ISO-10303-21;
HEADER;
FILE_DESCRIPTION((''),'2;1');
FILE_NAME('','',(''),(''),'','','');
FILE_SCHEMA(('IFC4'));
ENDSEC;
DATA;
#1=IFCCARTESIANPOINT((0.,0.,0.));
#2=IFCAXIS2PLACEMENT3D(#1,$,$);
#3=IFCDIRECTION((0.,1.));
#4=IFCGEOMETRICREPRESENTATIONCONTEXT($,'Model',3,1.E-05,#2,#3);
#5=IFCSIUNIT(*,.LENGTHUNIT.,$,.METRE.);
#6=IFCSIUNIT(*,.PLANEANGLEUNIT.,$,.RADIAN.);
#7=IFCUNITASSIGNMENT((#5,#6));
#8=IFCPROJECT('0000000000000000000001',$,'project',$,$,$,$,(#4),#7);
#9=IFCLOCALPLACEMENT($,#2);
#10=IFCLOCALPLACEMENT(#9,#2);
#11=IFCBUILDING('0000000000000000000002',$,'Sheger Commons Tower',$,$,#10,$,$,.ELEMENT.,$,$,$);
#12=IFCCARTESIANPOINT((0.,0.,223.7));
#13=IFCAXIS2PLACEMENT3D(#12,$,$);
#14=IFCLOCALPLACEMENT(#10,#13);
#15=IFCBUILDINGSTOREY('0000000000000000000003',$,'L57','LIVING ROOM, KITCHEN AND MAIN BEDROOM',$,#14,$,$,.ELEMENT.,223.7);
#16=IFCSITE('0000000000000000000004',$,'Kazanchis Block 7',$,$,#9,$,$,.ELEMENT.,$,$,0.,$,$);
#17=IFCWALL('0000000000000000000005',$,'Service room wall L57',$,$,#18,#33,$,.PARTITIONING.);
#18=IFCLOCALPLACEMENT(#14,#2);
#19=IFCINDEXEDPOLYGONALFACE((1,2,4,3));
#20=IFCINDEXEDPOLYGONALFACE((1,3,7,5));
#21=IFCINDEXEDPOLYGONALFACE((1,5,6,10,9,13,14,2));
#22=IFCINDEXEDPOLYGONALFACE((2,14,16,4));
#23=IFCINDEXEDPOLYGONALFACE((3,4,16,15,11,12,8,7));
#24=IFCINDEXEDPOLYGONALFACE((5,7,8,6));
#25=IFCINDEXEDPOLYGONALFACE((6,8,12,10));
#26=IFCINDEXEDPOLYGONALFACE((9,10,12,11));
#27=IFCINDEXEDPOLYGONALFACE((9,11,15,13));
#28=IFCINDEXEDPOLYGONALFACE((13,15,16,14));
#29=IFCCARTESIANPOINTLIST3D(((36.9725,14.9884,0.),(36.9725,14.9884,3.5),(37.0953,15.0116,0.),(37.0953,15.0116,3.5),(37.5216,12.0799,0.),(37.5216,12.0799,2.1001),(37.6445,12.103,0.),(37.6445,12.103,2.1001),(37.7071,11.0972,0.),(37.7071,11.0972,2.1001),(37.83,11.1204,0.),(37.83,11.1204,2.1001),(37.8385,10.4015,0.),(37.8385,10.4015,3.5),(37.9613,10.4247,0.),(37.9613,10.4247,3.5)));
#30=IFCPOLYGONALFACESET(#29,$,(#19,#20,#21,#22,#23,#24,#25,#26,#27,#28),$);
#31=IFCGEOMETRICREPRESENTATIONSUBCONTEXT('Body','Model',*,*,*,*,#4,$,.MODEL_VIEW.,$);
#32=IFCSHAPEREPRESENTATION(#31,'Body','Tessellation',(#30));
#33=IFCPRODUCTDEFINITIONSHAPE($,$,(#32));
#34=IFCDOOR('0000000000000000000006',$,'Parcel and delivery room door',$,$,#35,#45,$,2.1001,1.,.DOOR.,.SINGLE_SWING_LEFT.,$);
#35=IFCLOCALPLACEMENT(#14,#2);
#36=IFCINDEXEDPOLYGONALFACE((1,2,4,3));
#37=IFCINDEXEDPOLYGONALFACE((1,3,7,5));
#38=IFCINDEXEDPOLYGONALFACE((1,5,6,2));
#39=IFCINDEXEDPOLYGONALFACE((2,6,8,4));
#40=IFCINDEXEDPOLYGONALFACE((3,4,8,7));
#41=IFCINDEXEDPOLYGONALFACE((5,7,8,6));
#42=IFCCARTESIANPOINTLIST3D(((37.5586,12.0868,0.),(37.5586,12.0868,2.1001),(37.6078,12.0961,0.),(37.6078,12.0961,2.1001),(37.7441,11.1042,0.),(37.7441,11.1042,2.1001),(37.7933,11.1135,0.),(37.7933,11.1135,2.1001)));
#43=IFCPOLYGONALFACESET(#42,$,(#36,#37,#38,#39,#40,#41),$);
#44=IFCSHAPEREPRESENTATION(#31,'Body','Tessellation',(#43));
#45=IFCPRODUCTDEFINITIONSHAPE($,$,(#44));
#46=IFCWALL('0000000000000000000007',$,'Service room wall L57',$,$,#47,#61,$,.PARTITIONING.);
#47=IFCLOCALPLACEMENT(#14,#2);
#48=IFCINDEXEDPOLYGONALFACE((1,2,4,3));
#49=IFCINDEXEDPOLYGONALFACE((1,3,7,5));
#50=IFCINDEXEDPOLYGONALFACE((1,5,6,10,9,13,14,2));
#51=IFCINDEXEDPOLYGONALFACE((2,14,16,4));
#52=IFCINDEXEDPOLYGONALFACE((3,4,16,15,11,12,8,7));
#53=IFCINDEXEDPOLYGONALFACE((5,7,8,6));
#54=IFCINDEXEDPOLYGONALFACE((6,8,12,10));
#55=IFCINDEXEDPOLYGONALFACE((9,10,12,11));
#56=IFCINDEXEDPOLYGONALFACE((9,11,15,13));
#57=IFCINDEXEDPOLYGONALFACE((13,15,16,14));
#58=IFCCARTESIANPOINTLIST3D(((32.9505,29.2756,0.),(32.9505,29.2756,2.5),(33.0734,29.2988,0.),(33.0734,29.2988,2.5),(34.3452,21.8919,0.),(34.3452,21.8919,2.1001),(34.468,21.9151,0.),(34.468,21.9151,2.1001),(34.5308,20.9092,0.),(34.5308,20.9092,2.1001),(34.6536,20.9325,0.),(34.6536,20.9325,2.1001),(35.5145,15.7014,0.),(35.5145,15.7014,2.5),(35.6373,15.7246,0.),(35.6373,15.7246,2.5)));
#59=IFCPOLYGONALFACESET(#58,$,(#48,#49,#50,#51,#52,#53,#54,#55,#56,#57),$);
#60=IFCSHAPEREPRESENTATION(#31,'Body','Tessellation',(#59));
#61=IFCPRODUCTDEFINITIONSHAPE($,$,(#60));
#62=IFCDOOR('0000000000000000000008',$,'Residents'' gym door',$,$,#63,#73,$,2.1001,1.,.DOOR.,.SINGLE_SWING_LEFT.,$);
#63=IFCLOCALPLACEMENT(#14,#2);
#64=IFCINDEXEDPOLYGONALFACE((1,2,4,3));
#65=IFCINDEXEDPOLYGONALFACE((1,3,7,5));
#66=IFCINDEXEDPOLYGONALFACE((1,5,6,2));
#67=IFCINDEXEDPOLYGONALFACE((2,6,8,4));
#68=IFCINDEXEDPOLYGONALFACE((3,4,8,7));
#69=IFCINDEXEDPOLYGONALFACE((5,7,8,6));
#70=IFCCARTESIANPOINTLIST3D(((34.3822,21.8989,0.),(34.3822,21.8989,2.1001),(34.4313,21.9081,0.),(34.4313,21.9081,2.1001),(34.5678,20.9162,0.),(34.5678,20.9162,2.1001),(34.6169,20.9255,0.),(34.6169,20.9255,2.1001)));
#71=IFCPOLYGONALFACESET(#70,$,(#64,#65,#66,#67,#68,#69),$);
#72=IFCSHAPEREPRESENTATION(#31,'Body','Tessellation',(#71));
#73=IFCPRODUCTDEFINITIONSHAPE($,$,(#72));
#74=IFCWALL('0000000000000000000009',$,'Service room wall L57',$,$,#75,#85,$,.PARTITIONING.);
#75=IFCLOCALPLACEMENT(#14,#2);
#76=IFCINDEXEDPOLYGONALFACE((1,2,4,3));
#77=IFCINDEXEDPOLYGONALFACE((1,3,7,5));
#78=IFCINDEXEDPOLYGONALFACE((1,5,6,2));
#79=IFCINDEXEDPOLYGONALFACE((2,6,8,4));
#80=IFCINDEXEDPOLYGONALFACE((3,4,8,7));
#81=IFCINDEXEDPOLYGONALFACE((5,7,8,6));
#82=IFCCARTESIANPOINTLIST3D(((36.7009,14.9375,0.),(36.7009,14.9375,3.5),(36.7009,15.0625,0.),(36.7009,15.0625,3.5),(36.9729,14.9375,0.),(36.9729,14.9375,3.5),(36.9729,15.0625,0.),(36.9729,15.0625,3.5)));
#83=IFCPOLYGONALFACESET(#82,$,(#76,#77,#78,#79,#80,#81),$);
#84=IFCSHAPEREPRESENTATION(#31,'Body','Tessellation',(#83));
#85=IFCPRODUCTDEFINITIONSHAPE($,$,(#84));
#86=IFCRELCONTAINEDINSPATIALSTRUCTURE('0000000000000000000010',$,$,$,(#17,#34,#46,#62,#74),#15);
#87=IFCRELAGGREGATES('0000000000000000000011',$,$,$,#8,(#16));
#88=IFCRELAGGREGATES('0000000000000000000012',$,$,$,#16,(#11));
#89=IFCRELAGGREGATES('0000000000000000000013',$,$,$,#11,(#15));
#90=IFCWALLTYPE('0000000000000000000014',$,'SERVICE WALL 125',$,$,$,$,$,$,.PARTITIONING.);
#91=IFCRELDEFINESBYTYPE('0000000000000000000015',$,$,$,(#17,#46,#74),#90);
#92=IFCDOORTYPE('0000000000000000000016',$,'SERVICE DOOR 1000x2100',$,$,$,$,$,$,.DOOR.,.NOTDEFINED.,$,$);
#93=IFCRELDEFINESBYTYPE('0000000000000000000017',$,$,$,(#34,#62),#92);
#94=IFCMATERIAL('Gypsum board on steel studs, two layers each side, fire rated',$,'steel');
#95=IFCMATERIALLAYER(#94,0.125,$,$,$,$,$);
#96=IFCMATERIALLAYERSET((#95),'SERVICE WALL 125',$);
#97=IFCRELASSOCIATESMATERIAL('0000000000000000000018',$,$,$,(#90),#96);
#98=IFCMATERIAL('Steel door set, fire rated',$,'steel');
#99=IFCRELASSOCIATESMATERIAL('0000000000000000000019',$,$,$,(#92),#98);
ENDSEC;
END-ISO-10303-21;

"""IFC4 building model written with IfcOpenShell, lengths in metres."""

from ifc_helpers import new_model, si_unit, direction, frame, frame_2d, origin, place, context, subcontext, project, spatial, rectangle, extrude, material, layer, layer_set, type_object, element, fill, save


model = new_model("IFC4")

# Units and contexts
model_context = context("Model", 3, precision=1e-05, world=origin(), true_north=direction((0.0, 1.0)))
body_context = subcontext(model_context, "Body", "Model", "MODEL_VIEW")
ifc_project = project(units=[si_unit("LENGTHUNIT", "METRE"), si_unit("PLANEANGLEUNIT", "RADIAN")], contexts=[model_context])

# Site, building, storey
site_placement = place(None, origin())
site = spatial("IfcSite", under=ifc_project, at=site_placement, Name="Kazanchis Block 7", CompositionType="ELEMENT", RefElevation=0.0)
building_placement = place(site_placement, origin())
building = spatial("IfcBuilding", under=site, at=building_placement, Name="Sheger Commons Tower", CompositionType="ELEMENT")
storey_placement = place(building_placement, frame((0.0, 0.0, 223.7)))
storey = spatial("IfcBuildingStorey", under=building, at=storey_placement, Name="L57", Description="LIVING ROOM, KITCHEN AND MAIN BEDROOM", CompositionType="ELEMENT", Elevation=223.7)

# Walls, openings, doors
ifc_material_1 = material(Name="Gypsum board on steel studs, two layers each side, fire rated", Category="steel")
ifc_layer_1 = layer(ifc_material_1, 0.125)
ifc_layer_set_1 = layer_set([ifc_layer_1], Name="SERVICE WALL 125")
wall_type_1 = type_object("IfcWallType", Name="SERVICE WALL 125", PredefinedType="PARTITIONING", material=ifc_layer_set_1)
wall_1_placement = place(storey_placement, frame((37.8999, 10.4131, 0.0), z_axis=(0.0, 0.0, 1.0), x_axis=(-0.185514, 0.982642, 0.0)))
wall_1 = element("IfcWall", 1, at=wall_1_placement, inside=storey, type_object=wall_type_1, Name="Service room wall L57", PredefinedType="PARTITIONING", context=body_context, shape_type="SweptSolid", body=[
    extrude(rectangle(XDim=4.668, YDim=0.125, at=frame_2d((2.334, 0.0))), origin(), (0.0, 0.0, 1.0), 3.5),
])
opening_1_placement = place(wall_1_placement, frame((0.708, 0.0, 0.0)))
opening_1 = element("IfcOpeningElement", 2, at=opening_1_placement, cuts=wall_1, PredefinedType="OPENING", context=body_context, shape_type="SweptSolid", body=[
    extrude(rectangle(XDim=1.0, YDim=2.1001, at=frame_2d((0.5, 1.05))), frame((0.0, 0.0725, 0.0), z_axis=(0.0, -1.0, 0.0), x_axis=(1.0, 0.0, 0.0)), (0.0, 0.0, 1.0), 0.145),
])
ifc_material_2 = material(Name="Steel door set, fire rated", Category="steel")
door_type_1 = type_object("IfcDoorType", Name="SERVICE DOOR 1000x2100", OperationType="NOTDEFINED", PredefinedType="DOOR", material=ifc_material_2)
door_1_placement = place(opening_1_placement, origin())
door_1 = element("IfcDoor", 3, at=door_1_placement, inside=storey, type_object=door_type_1, Name="Parcel and delivery room door", OperationType="SINGLE_SWING_LEFT", OverallHeight=2.1001, OverallWidth=1.0, PredefinedType="DOOR", context=body_context, shape_type="SweptSolid", body=[
    extrude(rectangle(XDim=1.0, YDim=2.1001, at=frame_2d((0.5, 1.05))), frame((0.0, 0.0249, 0.0), z_axis=(0.0, -1.0, 0.0), x_axis=(1.0, 0.0, 0.0)), (0.0, 0.0, 1.0), 0.05),
])
fill(opening_1, door_1)
wall_2_placement = place(storey_placement, frame((35.5759, 15.7129, 0.0), z_axis=(0.0, 0.0, 1.0), x_axis=(-0.185603, 0.982625, 0.0)))
wall_2 = element("IfcWall", 4, at=wall_2_placement, inside=storey, type_object=wall_type_1, Name="Service room wall L57", PredefinedType="PARTITIONING", context=body_context, shape_type="SweptSolid", body=[
    extrude(rectangle(XDim=13.8142, YDim=0.125, at=frame_2d((6.9072, 0.0))), origin(), (0.0, 0.0, 1.0), 2.5),
])
opening_2_placement = place(wall_2_placement, frame((5.3, 0.0, 0.0)))
opening_2 = element("IfcOpeningElement", 5, at=opening_2_placement, cuts=wall_2, PredefinedType="OPENING", context=body_context, shape_type="SweptSolid", body=[
    extrude(rectangle(XDim=1.0, YDim=2.1001, at=frame_2d((0.5, 1.05))), frame((0.0, 0.0725, 0.0), z_axis=(0.0, -1.0, 0.0), x_axis=(1.0, 0.0, 0.0)), (0.0, 0.0, 1.0), 0.145),
])
door_2_placement = place(opening_2_placement, origin())
door_2 = element("IfcDoor", 6, at=door_2_placement, inside=storey, type_object=door_type_1, Name="Residents' gym door", OperationType="SINGLE_SWING_LEFT", OverallHeight=2.1001, OverallWidth=1.0, PredefinedType="DOOR", context=body_context, shape_type="SweptSolid", body=[
    extrude(rectangle(XDim=1.0, YDim=2.1001, at=frame_2d((0.5, 1.05))), frame((0.0, 0.0249, 0.0), z_axis=(0.0, -1.0, 0.0), x_axis=(1.0, 0.0, 0.0)), (0.0, 0.0, 1.0), 0.05),
])
fill(opening_2, door_2)

# Wall
wall_3_placement = place(storey_placement, frame((36.7009, 15.0, 0.0), z_axis=(0.0, 0.0, 1.0), x_axis=(1.0, 0.0, 0.0)))
element("IfcWall", 7, at=wall_3_placement, inside=storey, type_object=wall_type_1, Name="Service room wall L57", PredefinedType="PARTITIONING", context=body_context, shape_type="SweptSolid", body=[
    extrude(rectangle(XDim=0.272, YDim=0.125, at=frame_2d((0.136, 0.0))), origin(), (0.0, 0.0, 1.0), 3.5),
])

save(model, "model.ifc")
